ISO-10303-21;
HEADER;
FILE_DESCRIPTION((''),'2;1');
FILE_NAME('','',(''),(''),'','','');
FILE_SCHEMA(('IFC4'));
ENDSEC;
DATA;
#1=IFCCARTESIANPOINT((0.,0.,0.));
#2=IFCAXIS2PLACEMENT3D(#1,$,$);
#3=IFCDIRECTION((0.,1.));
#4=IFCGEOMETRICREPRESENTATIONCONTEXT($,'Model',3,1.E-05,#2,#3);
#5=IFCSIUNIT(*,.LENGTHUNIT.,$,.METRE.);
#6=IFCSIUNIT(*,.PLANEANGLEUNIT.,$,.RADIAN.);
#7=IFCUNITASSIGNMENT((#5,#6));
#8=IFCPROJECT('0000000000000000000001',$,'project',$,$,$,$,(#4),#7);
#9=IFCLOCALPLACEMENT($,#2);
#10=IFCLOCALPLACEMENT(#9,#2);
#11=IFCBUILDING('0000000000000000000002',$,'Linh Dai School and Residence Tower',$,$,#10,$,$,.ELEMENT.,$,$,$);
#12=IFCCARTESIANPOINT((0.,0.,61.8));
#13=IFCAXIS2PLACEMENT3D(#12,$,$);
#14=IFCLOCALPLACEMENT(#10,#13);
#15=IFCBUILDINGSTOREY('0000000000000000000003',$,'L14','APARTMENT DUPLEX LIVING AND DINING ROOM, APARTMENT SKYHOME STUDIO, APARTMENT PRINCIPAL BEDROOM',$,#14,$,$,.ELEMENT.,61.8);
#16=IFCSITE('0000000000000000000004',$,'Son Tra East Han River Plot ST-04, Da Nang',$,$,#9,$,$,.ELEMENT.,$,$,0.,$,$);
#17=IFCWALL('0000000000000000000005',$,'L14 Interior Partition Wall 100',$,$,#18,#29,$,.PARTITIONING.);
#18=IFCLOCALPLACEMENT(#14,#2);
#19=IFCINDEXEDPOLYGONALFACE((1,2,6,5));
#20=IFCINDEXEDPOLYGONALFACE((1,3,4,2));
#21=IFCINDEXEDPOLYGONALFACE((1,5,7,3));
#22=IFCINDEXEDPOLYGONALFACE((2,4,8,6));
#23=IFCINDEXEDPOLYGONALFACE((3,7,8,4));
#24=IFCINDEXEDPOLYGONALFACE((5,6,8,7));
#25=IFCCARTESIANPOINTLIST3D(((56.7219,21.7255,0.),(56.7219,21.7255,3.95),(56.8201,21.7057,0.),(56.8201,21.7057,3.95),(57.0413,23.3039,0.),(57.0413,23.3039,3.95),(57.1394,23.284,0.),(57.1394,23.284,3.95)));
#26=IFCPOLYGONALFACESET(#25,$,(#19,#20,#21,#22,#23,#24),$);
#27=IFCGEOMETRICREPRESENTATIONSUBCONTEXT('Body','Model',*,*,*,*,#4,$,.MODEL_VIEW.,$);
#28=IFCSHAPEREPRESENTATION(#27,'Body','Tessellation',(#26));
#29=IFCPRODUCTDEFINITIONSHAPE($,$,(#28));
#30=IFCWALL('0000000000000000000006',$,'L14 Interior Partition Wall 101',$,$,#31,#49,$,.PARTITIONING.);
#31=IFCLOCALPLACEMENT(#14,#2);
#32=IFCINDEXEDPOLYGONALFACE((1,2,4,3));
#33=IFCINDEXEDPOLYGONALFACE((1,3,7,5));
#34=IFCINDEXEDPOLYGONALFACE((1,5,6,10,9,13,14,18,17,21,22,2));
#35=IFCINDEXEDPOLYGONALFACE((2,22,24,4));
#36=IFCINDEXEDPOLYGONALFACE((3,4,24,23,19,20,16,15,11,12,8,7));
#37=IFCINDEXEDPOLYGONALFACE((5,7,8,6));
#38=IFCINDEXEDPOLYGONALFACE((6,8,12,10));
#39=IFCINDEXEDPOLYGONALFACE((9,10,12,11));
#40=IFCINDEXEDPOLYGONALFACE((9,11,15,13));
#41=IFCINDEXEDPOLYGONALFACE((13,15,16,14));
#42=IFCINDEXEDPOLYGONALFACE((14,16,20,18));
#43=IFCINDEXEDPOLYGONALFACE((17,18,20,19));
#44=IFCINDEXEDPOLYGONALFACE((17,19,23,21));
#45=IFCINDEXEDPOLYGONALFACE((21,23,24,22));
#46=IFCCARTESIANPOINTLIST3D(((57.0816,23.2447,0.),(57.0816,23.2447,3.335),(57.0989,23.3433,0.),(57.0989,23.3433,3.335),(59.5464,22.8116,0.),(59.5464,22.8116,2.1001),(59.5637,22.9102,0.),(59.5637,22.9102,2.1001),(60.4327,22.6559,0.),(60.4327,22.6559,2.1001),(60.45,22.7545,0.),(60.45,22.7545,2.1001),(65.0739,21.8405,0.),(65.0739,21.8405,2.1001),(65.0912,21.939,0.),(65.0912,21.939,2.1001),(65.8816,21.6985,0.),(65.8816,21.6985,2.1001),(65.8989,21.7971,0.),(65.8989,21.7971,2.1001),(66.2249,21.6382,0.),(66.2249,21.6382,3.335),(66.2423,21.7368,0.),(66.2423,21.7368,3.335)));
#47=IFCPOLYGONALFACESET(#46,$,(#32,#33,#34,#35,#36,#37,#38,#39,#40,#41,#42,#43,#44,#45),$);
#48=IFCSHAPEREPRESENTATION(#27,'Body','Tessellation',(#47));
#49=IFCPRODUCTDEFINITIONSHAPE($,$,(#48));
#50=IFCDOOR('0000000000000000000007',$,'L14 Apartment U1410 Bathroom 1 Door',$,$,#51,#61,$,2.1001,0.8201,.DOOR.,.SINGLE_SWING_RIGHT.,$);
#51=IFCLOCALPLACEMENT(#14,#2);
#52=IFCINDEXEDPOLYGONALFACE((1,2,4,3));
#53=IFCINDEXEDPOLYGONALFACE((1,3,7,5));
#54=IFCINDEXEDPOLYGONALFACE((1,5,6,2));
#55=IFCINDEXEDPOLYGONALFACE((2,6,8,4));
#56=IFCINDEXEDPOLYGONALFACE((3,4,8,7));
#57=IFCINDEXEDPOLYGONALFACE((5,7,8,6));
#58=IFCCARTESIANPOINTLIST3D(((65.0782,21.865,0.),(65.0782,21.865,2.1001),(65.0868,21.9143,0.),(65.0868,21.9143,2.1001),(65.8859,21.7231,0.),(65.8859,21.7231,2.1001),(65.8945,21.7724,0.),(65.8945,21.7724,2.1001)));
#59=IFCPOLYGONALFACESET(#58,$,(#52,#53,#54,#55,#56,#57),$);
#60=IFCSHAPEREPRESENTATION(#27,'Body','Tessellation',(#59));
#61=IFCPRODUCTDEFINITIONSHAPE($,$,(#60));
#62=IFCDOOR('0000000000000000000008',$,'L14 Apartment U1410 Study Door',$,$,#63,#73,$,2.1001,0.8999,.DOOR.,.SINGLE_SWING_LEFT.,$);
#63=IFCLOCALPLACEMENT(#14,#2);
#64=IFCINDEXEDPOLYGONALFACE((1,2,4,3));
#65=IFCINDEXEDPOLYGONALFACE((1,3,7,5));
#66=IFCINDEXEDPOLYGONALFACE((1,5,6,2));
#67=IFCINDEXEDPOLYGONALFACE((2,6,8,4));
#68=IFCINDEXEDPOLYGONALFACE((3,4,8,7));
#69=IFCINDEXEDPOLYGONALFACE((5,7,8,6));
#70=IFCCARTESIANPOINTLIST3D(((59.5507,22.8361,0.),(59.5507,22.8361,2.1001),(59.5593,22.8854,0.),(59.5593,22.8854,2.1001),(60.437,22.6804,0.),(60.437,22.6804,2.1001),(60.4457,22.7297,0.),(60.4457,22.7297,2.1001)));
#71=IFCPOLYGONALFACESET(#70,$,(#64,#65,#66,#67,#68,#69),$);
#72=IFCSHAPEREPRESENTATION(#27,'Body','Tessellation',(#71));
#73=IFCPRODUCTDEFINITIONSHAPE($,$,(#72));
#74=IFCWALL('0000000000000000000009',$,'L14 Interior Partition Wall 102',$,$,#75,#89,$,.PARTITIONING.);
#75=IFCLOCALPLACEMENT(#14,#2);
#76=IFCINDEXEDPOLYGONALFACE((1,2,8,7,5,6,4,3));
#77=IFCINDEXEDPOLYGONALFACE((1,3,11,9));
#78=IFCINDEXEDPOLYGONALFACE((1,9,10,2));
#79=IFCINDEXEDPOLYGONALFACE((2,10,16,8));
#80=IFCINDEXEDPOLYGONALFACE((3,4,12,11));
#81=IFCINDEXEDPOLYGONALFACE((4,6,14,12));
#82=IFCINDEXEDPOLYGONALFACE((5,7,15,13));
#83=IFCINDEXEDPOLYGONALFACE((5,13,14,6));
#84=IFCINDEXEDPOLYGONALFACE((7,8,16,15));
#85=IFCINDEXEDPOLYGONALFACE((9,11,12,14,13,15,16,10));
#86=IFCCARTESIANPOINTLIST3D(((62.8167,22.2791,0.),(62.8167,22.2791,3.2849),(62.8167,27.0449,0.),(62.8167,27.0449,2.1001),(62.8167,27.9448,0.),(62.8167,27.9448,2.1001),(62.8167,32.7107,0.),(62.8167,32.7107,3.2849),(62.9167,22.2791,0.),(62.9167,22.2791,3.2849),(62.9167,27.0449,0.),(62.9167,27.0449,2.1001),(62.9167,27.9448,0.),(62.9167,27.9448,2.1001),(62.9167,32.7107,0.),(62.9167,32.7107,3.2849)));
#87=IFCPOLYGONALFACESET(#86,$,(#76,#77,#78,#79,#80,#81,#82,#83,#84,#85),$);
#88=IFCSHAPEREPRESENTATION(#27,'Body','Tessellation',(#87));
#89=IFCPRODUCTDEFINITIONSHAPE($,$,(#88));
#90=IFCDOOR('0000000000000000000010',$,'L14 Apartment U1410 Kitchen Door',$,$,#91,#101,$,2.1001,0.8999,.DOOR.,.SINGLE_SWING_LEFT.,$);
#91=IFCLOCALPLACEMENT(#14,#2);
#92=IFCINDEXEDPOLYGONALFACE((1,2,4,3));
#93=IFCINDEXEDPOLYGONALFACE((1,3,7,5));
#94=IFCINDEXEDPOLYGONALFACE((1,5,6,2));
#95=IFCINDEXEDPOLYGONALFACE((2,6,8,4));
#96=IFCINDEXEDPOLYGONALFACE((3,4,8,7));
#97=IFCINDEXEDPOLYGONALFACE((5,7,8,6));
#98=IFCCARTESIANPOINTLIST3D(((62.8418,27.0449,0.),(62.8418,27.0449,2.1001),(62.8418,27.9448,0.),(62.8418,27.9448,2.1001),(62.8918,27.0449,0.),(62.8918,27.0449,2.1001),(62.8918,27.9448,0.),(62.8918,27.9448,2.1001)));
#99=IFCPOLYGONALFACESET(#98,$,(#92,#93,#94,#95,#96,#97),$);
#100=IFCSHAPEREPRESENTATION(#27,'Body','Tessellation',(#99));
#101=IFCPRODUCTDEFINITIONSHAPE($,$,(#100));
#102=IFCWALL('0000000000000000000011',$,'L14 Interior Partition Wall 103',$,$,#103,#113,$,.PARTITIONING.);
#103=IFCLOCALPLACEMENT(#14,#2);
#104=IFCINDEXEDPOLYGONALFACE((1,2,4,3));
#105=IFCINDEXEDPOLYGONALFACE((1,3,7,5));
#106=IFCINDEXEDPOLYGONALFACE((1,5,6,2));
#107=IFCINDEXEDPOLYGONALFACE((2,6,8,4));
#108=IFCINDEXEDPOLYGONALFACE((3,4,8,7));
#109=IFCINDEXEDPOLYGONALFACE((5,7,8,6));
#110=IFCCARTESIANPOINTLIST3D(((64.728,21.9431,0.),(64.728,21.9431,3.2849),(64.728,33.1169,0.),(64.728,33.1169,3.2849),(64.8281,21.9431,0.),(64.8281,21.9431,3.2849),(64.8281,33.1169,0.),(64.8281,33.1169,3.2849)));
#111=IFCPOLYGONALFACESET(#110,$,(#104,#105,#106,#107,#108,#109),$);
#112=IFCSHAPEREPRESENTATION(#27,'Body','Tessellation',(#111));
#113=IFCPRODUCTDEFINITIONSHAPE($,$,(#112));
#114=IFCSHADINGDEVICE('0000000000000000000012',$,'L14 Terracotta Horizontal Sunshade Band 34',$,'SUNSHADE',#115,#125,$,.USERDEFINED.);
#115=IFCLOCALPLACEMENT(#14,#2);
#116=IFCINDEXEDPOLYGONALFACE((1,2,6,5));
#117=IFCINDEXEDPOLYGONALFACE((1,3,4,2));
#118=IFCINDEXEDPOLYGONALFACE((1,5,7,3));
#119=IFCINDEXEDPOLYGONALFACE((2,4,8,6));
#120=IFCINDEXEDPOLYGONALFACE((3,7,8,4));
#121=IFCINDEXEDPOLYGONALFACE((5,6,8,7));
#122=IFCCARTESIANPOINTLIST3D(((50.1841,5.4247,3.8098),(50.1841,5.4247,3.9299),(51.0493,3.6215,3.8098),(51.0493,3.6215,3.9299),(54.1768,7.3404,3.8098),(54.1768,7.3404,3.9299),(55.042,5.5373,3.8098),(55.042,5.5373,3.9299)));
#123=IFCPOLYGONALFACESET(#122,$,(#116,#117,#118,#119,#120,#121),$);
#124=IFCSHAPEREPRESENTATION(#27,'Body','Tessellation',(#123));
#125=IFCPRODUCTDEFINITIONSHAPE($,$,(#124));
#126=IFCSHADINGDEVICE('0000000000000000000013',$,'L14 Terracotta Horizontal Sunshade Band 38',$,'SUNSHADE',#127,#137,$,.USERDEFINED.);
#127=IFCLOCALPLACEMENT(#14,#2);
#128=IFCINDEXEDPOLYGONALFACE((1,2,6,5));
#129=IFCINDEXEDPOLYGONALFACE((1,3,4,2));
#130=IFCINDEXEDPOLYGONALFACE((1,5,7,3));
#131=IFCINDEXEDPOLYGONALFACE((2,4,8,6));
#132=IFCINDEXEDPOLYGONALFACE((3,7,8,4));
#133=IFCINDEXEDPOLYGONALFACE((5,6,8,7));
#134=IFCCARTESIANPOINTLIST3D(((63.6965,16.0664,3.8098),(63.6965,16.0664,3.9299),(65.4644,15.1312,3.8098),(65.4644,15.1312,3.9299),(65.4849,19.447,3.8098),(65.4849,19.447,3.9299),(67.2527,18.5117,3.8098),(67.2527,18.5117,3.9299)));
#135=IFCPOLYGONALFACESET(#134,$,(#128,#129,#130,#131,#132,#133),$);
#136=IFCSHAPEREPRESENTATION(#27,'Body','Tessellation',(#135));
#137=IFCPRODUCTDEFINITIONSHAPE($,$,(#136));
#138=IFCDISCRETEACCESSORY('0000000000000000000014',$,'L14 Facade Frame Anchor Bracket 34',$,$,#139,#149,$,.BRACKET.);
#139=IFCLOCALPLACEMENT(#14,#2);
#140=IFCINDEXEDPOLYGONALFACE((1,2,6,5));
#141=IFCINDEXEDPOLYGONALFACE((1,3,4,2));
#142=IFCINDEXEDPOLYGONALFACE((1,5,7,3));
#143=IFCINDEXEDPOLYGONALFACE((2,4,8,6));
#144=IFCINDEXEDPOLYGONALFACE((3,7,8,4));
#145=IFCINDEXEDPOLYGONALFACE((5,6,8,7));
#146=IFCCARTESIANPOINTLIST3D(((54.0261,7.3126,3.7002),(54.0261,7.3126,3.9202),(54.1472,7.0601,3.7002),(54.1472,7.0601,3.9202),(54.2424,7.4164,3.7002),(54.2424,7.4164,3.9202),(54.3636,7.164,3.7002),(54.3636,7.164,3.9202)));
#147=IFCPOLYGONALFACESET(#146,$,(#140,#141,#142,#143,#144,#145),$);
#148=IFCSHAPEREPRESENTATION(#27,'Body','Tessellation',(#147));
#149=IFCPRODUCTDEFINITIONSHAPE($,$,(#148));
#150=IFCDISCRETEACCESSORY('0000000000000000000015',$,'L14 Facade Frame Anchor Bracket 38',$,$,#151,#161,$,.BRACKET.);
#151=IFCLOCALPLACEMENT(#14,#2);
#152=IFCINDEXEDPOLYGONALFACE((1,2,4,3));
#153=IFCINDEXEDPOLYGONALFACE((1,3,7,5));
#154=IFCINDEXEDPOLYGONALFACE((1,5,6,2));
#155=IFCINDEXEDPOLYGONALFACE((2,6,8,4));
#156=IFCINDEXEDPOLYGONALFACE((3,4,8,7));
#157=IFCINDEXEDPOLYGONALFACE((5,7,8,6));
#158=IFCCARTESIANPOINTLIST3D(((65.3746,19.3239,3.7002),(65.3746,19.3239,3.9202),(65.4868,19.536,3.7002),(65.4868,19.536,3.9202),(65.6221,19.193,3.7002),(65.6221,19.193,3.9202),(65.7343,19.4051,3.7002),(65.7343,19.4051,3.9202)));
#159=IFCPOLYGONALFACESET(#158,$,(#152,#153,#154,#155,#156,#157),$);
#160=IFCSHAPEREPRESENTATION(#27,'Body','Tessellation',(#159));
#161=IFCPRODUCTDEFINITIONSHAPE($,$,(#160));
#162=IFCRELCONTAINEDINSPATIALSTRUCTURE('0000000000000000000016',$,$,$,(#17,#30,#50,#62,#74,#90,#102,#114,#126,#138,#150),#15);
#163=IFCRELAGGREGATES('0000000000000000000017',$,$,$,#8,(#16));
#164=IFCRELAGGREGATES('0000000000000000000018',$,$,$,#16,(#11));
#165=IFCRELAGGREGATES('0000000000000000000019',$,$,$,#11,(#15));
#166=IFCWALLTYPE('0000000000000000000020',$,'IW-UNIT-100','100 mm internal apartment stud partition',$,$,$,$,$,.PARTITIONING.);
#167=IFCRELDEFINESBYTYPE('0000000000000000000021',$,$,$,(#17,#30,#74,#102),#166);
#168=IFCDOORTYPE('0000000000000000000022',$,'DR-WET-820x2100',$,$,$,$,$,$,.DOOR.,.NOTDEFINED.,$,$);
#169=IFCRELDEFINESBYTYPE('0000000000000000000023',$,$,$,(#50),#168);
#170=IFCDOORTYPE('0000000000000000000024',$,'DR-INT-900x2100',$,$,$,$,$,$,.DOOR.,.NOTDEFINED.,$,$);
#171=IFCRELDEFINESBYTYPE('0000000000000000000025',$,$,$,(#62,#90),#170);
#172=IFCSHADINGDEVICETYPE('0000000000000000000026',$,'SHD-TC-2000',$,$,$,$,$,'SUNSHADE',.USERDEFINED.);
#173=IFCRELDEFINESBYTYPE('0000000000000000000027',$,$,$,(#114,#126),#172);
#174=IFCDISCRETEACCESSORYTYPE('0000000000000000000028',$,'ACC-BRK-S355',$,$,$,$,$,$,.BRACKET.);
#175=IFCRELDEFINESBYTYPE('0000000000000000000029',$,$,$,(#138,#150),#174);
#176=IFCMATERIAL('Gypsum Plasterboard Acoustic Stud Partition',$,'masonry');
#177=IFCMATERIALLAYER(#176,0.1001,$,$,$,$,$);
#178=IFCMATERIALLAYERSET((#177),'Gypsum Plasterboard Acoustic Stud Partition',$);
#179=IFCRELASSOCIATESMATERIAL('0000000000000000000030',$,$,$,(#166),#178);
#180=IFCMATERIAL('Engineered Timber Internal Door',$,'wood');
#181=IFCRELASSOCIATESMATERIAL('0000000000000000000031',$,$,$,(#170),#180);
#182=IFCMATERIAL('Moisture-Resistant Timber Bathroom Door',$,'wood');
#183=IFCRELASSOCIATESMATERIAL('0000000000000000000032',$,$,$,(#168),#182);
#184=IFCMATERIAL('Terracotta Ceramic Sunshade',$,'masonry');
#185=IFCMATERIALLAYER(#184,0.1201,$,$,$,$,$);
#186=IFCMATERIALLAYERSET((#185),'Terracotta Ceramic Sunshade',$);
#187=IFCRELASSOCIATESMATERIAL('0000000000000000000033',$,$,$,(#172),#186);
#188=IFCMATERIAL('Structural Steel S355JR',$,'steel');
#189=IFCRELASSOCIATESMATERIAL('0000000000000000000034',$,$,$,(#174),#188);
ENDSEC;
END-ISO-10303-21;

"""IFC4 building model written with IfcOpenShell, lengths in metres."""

from ifc_helpers import new_model, si_unit, direction, frame, frame_2d, origin, origin_2d, place, context, subcontext, project, spatial, rectangle, extrude, source, transform, mapped, material, layer, layer_set, type_object, element, fill, save


model = new_model("IFC4")

# Units and contexts
model_context = context("Model", 3, precision=1e-05, world=origin(), true_north=direction((0.0, 1.0)))
body_context = subcontext(model_context, "Body", "Model", "MODEL_VIEW")
ifc_project = project(units=[si_unit("LENGTHUNIT", "METRE"), si_unit("PLANEANGLEUNIT", "RADIAN")], contexts=[model_context])

# Site, building, storey
site_placement = place(None, origin())
site = spatial("IfcSite", under=ifc_project, at=site_placement, Name="Son Tra East Han River Plot ST-04, Da Nang", CompositionType="ELEMENT", RefElevation=0.0)
building_placement = place(site_placement, origin())
building = spatial("IfcBuilding", under=site, at=building_placement, Name="Linh Dai School and Residence Tower", CompositionType="ELEMENT")
storey_placement = place(building_placement, frame((0.0, 0.0, 61.8)))
storey = spatial("IfcBuildingStorey", under=building, at=storey_placement, Name="L14", Description="APARTMENT DUPLEX LIVING AND DINING ROOM, APARTMENT SKYHOME STUDIO, APARTMENT PRINCIPAL BEDROOM", CompositionType="ELEMENT", Elevation=61.8)

# Shared definitions
ifc_material_1 = material(Name="Structural Steel S355JR", Category="steel")

# Shared definitions
ifc_material_2 = material(Name="Gypsum Plasterboard Acoustic Stud Partition", Category="masonry")
ifc_layer_1 = layer(ifc_material_2, 0.1001)
ifc_layer_set_1 = layer_set([ifc_layer_1], Name="Gypsum Plasterboard Acoustic Stud Partition")
wall_type_1 = type_object("IfcWallType", Name="IW-UNIT-100", Description="100 mm internal apartment stud partition", PredefinedType="PARTITIONING", material=ifc_layer_set_1)
ifc_material_3 = material(Name="Engineered Timber Internal Door", Category="wood")
door_type_1 = type_object("IfcDoorType", Name="DR-INT-900x2100", OperationType="NOTDEFINED", PredefinedType="DOOR", material=ifc_material_3)
shared_shape_1 = source(origin(), body_context, "Body", "SweptSolid", [
    extrude(rectangle(XDim=0.8999, YDim=2.1001, at=origin_2d()), frame((0.45, 0.0249, 1.05), z_axis=(0.0, -1.0, 0.0), x_axis=(1.0, 0.0, 0.0)), (0.0, 0.0, 1.0), 0.05),
])

# Wall
wall_1_placement = place(storey_placement, frame((56.771, 21.7156, 0.0), z_axis=(0.0, 0.0, 1.0), x_axis=(0.198302, 0.980141, 0.0)))
element("IfcWall", 1, at=wall_1_placement, inside=storey, type_object=wall_type_1, Name="L14 Interior Partition Wall 100", PredefinedType="PARTITIONING", context=body_context, shape_type="SweptSolid", body=[
    extrude(rectangle(XDim=1.6104, YDim=0.1001, at=frame_2d((0.8052, 0.0))), origin(), (0.0, 0.0, 1.0), 3.95),
])

# Wall, openings, doors
wall_2_placement = place(storey_placement, frame((57.0903, 23.2939, 0.0), z_axis=(0.0, 0.0, 1.0), x_axis=(0.984914, -0.173046, 0.0)))
wall_2 = element("IfcWall", 2, at=wall_2_placement, inside=storey, type_object=wall_type_1, Name="L14 Interior Partition Wall 101", PredefinedType="PARTITIONING", context=body_context, shape_type="SweptSolid", body=[
    extrude(rectangle(XDim=9.2834, YDim=0.1001, at=frame_2d((4.6416, 0.0))), origin(), (0.0, 0.0, 1.0), 3.335),
])
opening_1_placement = place(wall_2_placement, frame((2.5024, 0.0, 0.0)))
opening_1 = element("IfcOpeningElement", 3, at=opening_1_placement, cuts=wall_2, PredefinedType="OPENING", context=body_context, shape_type="SweptSolid", body=[
    extrude(rectangle(XDim=0.8999, YDim=2.1001, at=origin_2d()), frame((0.45, 0.0601, 1.05), z_axis=(0.0, -1.0, 0.0), x_axis=(1.0, 0.0, 0.0)), (0.0, 0.0, 1.0), 0.1201),
])
opening_2_placement = place(wall_2_placement, frame((8.1145, 0.0, 0.0)))
opening_2 = element("IfcOpeningElement", 4, at=opening_2_placement, cuts=wall_2, PredefinedType="OPENING", context=body_context, shape_type="SweptSolid", body=[
    extrude(rectangle(XDim=0.8201, YDim=2.1001, at=origin_2d()), frame((0.4102, 0.0601, 1.05), z_axis=(0.0, -1.0, 0.0), x_axis=(1.0, 0.0, 0.0)), (0.0, 0.0, 1.0), 0.1201),
])
ifc_material_4 = material(Name="Moisture-Resistant Timber Bathroom Door", Category="wood")
door_type_2 = type_object("IfcDoorType", Name="DR-WET-820x2100", OperationType="NOTDEFINED", PredefinedType="DOOR", material=ifc_material_4)
shared_shape_2 = source(origin(), body_context, "Body", "SweptSolid", [
    extrude(rectangle(XDim=0.8201, YDim=2.1001, at=origin_2d()), frame((0.4102, 0.0249, 1.05), z_axis=(0.0, -1.0, 0.0), x_axis=(1.0, 0.0, 0.0)), (0.0, 0.0, 1.0), 0.05),
])
door_1_placement = place(opening_2_placement, origin())
door_1 = element("IfcDoor", 5, at=door_1_placement, inside=storey, type_object=door_type_2, Name="L14 Apartment U1410 Bathroom 1 Door", OperationType="SINGLE_SWING_RIGHT", OverallHeight=2.1001, OverallWidth=0.8201, PredefinedType="DOOR", context=body_context, shape_type="MappedRepresentation", body=[
    mapped(shared_shape_2, transform((0.0, 0.0, 0.0), x_axis=(1.0, 0.0, 0.0), y_axis=(0.0, 1.0, 0.0), z_axis=(0.0, 0.0, 1.0), scale=1.0)),
])
fill(opening_2, door_1)
door_2_placement = place(opening_1_placement, origin())
door_2 = element("IfcDoor", 6, at=door_2_placement, inside=storey, type_object=door_type_1, Name="L14 Apartment U1410 Study Door", OperationType="SINGLE_SWING_LEFT", OverallHeight=2.1001, OverallWidth=0.8999, PredefinedType="DOOR", context=body_context, shape_type="MappedRepresentation", body=[
    mapped(shared_shape_1, transform((0.0, 0.0, 0.0), x_axis=(1.0, 0.0, 0.0), y_axis=(0.0, 1.0, 0.0), z_axis=(0.0, 0.0, 1.0), scale=1.0)),
])
fill(opening_1, door_2)

# Wall, opening, door
wall_3_placement = place(storey_placement, frame((62.8667, 22.2791, 0.0), z_axis=(0.0, 0.0, 1.0), x_axis=(0.0, 1.0, 0.0)))
wall_3 = element("IfcWall", 7, at=wall_3_placement, inside=storey, type_object=wall_type_1, Name="L14 Interior Partition Wall 102", PredefinedType="PARTITIONING", context=body_context, shape_type="SweptSolid", body=[
    extrude(rectangle(XDim=10.4316, YDim=0.1001, at=frame_2d((5.2158, 0.0))), origin(), (0.0, 0.0, 1.0), 3.2849),
])
opening_3_placement = place(wall_3_placement, frame((4.7659, 0.0, 0.0)))
opening_3 = element("IfcOpeningElement", 8, at=opening_3_placement, cuts=wall_3, PredefinedType="OPENING", context=body_context, shape_type="SweptSolid", body=[
    extrude(rectangle(XDim=0.8999, YDim=2.1001, at=origin_2d()), frame((0.45, 0.0601, 1.05), z_axis=(0.0, -1.0, 0.0), x_axis=(1.0, 0.0, 0.0)), (0.0, 0.0, 1.0), 0.1201),
])
door_3_placement = place(opening_3_placement, origin())
door_3 = element("IfcDoor", 9, at=door_3_placement, inside=storey, type_object=door_type_1, Name="L14 Apartment U1410 Kitchen Door", OperationType="SINGLE_SWING_LEFT", OverallHeight=2.1001, OverallWidth=0.8999, PredefinedType="DOOR", context=body_context, shape_type="MappedRepresentation", body=[
    mapped(shared_shape_1, transform((0.0, 0.0, 0.0), x_axis=(1.0, 0.0, 0.0), y_axis=(0.0, 1.0, 0.0), z_axis=(0.0, 0.0, 1.0), scale=1.0)),
])
fill(opening_3, door_3)

# Wall
wall_4_placement = place(storey_placement, frame((64.7781, 21.9431, 0.0), z_axis=(0.0, 0.0, 1.0), x_axis=(0.0, 1.0, 0.0)))
element("IfcWall", 10, at=wall_4_placement, inside=storey, type_object=wall_type_1, Name="L14 Interior Partition Wall 103", PredefinedType="PARTITIONING", context=body_context, shape_type="SweptSolid", body=[
    extrude(rectangle(XDim=11.1738, YDim=0.1001, at=frame_2d((5.5869, 0.0))), origin(), (0.0, 0.0, 1.0), 3.2849),
])

# Shading devices
ifc_material_5 = material(Name="Terracotta Ceramic Sunshade", Category="masonry")
ifc_layer_2 = layer(ifc_material_5, 0.1201)
ifc_layer_set_2 = layer_set([ifc_layer_2], Name="Terracotta Ceramic Sunshade")
shading_device_type = type_object("IfcShadingDeviceType", Name="SHD-TC-2000", ElementType="SUNSHADE", PredefinedType="USERDEFINED", material=ifc_layer_set_2)
shared_shape_3 = source(origin(), body_context, "Body", "SweptSolid", [
    extrude(rectangle(XDim=4.4285, YDim=2.0, at=origin_2d()), origin(), (0.0, 0.0, 1.0), 0.1201),
])
shading_device_1_placement = place(storey_placement, frame((52.613, 5.481, 3.8098), z_axis=(0.0, 0.0, 1.0), x_axis=(-0.901585, -0.432603, 0.0)))
element("IfcShadingDevice", 11, at=shading_device_1_placement, inside=storey, type_object=shading_device_type, Name="L14 Terracotta Horizontal Sunshade Band 34", ObjectType="SUNSHADE", PredefinedType="USERDEFINED", context=body_context, shape_type="MappedRepresentation", body=[
    mapped(shared_shape_3, transform((0.0, 0.0, 0.0), x_axis=(1.0, 0.0, 0.0), y_axis=(0.0, 1.0, 0.0), z_axis=(0.0, 0.0, 1.0), scale=1.0)),
])
shared_shape_4 = source(origin(), body_context, "Body", "SweptSolid", [
    extrude(rectangle(XDim=3.8245, YDim=2.0, at=origin_2d()), origin(), (0.0, 0.0, 1.0), 0.1201),
])
shading_device_2_placement = place(storey_placement, frame((65.4746, 17.2891, 3.8098), z_axis=(0.0, 0.0, 1.0), x_axis=(-0.467612, -0.883934, 0.0)))
element("IfcShadingDevice", 12, at=shading_device_2_placement, inside=storey, type_object=shading_device_type, Name="L14 Terracotta Horizontal Sunshade Band 38", ObjectType="SUNSHADE", PredefinedType="USERDEFINED", context=body_context, shape_type="MappedRepresentation", body=[
    mapped(shared_shape_4, transform((0.0, 0.0, 0.0), x_axis=(1.0, 0.0, 0.0), y_axis=(0.0, 1.0, 0.0), z_axis=(0.0, 0.0, 1.0), scale=1.0)),
])

# Discrete accessories
discrete_accessory_type = type_object("IfcDiscreteAccessoryType", Name="ACC-BRK-S355", PredefinedType="BRACKET", material=ifc_material_1)
shared_shape_5 = source(origin(), body_context, "Body", "SweptSolid", [
    extrude(rectangle(XDim=0.28, YDim=0.24, at=origin_2d()), origin(), (0.0, 0.0, 1.0), 0.22),
])
for number, where, z_axis, x_axis, name in (
    (13, (54.1948, 7.2383, 3.7002), (0.0, 0.0, 1.0), (0.432603, -0.901585, 0.0), "L14 Facade Frame Anchor Bracket 34"),
    (14, (65.5544, 19.3645, 3.7002), (0.0, 0.0, 1.0), (0.883934, -0.467612, 0.0), "L14 Facade Frame Anchor Bracket 38"),
):
    element("IfcDiscreteAccessory", number, at=place(storey_placement, frame(where, z_axis=z_axis, x_axis=x_axis)), inside=storey, type_object=discrete_accessory_type, Name=name, PredefinedType="BRACKET", context=body_context, shape_type="MappedRepresentation", body=[
        mapped(shared_shape_5, transform((0.0, 0.0, 0.0), x_axis=(1.0, 0.0, 0.0), y_axis=(0.0, 1.0, 0.0), z_axis=(0.0, 0.0, 1.0), scale=1.0)),
    ])

save(model, "model.ifc")
